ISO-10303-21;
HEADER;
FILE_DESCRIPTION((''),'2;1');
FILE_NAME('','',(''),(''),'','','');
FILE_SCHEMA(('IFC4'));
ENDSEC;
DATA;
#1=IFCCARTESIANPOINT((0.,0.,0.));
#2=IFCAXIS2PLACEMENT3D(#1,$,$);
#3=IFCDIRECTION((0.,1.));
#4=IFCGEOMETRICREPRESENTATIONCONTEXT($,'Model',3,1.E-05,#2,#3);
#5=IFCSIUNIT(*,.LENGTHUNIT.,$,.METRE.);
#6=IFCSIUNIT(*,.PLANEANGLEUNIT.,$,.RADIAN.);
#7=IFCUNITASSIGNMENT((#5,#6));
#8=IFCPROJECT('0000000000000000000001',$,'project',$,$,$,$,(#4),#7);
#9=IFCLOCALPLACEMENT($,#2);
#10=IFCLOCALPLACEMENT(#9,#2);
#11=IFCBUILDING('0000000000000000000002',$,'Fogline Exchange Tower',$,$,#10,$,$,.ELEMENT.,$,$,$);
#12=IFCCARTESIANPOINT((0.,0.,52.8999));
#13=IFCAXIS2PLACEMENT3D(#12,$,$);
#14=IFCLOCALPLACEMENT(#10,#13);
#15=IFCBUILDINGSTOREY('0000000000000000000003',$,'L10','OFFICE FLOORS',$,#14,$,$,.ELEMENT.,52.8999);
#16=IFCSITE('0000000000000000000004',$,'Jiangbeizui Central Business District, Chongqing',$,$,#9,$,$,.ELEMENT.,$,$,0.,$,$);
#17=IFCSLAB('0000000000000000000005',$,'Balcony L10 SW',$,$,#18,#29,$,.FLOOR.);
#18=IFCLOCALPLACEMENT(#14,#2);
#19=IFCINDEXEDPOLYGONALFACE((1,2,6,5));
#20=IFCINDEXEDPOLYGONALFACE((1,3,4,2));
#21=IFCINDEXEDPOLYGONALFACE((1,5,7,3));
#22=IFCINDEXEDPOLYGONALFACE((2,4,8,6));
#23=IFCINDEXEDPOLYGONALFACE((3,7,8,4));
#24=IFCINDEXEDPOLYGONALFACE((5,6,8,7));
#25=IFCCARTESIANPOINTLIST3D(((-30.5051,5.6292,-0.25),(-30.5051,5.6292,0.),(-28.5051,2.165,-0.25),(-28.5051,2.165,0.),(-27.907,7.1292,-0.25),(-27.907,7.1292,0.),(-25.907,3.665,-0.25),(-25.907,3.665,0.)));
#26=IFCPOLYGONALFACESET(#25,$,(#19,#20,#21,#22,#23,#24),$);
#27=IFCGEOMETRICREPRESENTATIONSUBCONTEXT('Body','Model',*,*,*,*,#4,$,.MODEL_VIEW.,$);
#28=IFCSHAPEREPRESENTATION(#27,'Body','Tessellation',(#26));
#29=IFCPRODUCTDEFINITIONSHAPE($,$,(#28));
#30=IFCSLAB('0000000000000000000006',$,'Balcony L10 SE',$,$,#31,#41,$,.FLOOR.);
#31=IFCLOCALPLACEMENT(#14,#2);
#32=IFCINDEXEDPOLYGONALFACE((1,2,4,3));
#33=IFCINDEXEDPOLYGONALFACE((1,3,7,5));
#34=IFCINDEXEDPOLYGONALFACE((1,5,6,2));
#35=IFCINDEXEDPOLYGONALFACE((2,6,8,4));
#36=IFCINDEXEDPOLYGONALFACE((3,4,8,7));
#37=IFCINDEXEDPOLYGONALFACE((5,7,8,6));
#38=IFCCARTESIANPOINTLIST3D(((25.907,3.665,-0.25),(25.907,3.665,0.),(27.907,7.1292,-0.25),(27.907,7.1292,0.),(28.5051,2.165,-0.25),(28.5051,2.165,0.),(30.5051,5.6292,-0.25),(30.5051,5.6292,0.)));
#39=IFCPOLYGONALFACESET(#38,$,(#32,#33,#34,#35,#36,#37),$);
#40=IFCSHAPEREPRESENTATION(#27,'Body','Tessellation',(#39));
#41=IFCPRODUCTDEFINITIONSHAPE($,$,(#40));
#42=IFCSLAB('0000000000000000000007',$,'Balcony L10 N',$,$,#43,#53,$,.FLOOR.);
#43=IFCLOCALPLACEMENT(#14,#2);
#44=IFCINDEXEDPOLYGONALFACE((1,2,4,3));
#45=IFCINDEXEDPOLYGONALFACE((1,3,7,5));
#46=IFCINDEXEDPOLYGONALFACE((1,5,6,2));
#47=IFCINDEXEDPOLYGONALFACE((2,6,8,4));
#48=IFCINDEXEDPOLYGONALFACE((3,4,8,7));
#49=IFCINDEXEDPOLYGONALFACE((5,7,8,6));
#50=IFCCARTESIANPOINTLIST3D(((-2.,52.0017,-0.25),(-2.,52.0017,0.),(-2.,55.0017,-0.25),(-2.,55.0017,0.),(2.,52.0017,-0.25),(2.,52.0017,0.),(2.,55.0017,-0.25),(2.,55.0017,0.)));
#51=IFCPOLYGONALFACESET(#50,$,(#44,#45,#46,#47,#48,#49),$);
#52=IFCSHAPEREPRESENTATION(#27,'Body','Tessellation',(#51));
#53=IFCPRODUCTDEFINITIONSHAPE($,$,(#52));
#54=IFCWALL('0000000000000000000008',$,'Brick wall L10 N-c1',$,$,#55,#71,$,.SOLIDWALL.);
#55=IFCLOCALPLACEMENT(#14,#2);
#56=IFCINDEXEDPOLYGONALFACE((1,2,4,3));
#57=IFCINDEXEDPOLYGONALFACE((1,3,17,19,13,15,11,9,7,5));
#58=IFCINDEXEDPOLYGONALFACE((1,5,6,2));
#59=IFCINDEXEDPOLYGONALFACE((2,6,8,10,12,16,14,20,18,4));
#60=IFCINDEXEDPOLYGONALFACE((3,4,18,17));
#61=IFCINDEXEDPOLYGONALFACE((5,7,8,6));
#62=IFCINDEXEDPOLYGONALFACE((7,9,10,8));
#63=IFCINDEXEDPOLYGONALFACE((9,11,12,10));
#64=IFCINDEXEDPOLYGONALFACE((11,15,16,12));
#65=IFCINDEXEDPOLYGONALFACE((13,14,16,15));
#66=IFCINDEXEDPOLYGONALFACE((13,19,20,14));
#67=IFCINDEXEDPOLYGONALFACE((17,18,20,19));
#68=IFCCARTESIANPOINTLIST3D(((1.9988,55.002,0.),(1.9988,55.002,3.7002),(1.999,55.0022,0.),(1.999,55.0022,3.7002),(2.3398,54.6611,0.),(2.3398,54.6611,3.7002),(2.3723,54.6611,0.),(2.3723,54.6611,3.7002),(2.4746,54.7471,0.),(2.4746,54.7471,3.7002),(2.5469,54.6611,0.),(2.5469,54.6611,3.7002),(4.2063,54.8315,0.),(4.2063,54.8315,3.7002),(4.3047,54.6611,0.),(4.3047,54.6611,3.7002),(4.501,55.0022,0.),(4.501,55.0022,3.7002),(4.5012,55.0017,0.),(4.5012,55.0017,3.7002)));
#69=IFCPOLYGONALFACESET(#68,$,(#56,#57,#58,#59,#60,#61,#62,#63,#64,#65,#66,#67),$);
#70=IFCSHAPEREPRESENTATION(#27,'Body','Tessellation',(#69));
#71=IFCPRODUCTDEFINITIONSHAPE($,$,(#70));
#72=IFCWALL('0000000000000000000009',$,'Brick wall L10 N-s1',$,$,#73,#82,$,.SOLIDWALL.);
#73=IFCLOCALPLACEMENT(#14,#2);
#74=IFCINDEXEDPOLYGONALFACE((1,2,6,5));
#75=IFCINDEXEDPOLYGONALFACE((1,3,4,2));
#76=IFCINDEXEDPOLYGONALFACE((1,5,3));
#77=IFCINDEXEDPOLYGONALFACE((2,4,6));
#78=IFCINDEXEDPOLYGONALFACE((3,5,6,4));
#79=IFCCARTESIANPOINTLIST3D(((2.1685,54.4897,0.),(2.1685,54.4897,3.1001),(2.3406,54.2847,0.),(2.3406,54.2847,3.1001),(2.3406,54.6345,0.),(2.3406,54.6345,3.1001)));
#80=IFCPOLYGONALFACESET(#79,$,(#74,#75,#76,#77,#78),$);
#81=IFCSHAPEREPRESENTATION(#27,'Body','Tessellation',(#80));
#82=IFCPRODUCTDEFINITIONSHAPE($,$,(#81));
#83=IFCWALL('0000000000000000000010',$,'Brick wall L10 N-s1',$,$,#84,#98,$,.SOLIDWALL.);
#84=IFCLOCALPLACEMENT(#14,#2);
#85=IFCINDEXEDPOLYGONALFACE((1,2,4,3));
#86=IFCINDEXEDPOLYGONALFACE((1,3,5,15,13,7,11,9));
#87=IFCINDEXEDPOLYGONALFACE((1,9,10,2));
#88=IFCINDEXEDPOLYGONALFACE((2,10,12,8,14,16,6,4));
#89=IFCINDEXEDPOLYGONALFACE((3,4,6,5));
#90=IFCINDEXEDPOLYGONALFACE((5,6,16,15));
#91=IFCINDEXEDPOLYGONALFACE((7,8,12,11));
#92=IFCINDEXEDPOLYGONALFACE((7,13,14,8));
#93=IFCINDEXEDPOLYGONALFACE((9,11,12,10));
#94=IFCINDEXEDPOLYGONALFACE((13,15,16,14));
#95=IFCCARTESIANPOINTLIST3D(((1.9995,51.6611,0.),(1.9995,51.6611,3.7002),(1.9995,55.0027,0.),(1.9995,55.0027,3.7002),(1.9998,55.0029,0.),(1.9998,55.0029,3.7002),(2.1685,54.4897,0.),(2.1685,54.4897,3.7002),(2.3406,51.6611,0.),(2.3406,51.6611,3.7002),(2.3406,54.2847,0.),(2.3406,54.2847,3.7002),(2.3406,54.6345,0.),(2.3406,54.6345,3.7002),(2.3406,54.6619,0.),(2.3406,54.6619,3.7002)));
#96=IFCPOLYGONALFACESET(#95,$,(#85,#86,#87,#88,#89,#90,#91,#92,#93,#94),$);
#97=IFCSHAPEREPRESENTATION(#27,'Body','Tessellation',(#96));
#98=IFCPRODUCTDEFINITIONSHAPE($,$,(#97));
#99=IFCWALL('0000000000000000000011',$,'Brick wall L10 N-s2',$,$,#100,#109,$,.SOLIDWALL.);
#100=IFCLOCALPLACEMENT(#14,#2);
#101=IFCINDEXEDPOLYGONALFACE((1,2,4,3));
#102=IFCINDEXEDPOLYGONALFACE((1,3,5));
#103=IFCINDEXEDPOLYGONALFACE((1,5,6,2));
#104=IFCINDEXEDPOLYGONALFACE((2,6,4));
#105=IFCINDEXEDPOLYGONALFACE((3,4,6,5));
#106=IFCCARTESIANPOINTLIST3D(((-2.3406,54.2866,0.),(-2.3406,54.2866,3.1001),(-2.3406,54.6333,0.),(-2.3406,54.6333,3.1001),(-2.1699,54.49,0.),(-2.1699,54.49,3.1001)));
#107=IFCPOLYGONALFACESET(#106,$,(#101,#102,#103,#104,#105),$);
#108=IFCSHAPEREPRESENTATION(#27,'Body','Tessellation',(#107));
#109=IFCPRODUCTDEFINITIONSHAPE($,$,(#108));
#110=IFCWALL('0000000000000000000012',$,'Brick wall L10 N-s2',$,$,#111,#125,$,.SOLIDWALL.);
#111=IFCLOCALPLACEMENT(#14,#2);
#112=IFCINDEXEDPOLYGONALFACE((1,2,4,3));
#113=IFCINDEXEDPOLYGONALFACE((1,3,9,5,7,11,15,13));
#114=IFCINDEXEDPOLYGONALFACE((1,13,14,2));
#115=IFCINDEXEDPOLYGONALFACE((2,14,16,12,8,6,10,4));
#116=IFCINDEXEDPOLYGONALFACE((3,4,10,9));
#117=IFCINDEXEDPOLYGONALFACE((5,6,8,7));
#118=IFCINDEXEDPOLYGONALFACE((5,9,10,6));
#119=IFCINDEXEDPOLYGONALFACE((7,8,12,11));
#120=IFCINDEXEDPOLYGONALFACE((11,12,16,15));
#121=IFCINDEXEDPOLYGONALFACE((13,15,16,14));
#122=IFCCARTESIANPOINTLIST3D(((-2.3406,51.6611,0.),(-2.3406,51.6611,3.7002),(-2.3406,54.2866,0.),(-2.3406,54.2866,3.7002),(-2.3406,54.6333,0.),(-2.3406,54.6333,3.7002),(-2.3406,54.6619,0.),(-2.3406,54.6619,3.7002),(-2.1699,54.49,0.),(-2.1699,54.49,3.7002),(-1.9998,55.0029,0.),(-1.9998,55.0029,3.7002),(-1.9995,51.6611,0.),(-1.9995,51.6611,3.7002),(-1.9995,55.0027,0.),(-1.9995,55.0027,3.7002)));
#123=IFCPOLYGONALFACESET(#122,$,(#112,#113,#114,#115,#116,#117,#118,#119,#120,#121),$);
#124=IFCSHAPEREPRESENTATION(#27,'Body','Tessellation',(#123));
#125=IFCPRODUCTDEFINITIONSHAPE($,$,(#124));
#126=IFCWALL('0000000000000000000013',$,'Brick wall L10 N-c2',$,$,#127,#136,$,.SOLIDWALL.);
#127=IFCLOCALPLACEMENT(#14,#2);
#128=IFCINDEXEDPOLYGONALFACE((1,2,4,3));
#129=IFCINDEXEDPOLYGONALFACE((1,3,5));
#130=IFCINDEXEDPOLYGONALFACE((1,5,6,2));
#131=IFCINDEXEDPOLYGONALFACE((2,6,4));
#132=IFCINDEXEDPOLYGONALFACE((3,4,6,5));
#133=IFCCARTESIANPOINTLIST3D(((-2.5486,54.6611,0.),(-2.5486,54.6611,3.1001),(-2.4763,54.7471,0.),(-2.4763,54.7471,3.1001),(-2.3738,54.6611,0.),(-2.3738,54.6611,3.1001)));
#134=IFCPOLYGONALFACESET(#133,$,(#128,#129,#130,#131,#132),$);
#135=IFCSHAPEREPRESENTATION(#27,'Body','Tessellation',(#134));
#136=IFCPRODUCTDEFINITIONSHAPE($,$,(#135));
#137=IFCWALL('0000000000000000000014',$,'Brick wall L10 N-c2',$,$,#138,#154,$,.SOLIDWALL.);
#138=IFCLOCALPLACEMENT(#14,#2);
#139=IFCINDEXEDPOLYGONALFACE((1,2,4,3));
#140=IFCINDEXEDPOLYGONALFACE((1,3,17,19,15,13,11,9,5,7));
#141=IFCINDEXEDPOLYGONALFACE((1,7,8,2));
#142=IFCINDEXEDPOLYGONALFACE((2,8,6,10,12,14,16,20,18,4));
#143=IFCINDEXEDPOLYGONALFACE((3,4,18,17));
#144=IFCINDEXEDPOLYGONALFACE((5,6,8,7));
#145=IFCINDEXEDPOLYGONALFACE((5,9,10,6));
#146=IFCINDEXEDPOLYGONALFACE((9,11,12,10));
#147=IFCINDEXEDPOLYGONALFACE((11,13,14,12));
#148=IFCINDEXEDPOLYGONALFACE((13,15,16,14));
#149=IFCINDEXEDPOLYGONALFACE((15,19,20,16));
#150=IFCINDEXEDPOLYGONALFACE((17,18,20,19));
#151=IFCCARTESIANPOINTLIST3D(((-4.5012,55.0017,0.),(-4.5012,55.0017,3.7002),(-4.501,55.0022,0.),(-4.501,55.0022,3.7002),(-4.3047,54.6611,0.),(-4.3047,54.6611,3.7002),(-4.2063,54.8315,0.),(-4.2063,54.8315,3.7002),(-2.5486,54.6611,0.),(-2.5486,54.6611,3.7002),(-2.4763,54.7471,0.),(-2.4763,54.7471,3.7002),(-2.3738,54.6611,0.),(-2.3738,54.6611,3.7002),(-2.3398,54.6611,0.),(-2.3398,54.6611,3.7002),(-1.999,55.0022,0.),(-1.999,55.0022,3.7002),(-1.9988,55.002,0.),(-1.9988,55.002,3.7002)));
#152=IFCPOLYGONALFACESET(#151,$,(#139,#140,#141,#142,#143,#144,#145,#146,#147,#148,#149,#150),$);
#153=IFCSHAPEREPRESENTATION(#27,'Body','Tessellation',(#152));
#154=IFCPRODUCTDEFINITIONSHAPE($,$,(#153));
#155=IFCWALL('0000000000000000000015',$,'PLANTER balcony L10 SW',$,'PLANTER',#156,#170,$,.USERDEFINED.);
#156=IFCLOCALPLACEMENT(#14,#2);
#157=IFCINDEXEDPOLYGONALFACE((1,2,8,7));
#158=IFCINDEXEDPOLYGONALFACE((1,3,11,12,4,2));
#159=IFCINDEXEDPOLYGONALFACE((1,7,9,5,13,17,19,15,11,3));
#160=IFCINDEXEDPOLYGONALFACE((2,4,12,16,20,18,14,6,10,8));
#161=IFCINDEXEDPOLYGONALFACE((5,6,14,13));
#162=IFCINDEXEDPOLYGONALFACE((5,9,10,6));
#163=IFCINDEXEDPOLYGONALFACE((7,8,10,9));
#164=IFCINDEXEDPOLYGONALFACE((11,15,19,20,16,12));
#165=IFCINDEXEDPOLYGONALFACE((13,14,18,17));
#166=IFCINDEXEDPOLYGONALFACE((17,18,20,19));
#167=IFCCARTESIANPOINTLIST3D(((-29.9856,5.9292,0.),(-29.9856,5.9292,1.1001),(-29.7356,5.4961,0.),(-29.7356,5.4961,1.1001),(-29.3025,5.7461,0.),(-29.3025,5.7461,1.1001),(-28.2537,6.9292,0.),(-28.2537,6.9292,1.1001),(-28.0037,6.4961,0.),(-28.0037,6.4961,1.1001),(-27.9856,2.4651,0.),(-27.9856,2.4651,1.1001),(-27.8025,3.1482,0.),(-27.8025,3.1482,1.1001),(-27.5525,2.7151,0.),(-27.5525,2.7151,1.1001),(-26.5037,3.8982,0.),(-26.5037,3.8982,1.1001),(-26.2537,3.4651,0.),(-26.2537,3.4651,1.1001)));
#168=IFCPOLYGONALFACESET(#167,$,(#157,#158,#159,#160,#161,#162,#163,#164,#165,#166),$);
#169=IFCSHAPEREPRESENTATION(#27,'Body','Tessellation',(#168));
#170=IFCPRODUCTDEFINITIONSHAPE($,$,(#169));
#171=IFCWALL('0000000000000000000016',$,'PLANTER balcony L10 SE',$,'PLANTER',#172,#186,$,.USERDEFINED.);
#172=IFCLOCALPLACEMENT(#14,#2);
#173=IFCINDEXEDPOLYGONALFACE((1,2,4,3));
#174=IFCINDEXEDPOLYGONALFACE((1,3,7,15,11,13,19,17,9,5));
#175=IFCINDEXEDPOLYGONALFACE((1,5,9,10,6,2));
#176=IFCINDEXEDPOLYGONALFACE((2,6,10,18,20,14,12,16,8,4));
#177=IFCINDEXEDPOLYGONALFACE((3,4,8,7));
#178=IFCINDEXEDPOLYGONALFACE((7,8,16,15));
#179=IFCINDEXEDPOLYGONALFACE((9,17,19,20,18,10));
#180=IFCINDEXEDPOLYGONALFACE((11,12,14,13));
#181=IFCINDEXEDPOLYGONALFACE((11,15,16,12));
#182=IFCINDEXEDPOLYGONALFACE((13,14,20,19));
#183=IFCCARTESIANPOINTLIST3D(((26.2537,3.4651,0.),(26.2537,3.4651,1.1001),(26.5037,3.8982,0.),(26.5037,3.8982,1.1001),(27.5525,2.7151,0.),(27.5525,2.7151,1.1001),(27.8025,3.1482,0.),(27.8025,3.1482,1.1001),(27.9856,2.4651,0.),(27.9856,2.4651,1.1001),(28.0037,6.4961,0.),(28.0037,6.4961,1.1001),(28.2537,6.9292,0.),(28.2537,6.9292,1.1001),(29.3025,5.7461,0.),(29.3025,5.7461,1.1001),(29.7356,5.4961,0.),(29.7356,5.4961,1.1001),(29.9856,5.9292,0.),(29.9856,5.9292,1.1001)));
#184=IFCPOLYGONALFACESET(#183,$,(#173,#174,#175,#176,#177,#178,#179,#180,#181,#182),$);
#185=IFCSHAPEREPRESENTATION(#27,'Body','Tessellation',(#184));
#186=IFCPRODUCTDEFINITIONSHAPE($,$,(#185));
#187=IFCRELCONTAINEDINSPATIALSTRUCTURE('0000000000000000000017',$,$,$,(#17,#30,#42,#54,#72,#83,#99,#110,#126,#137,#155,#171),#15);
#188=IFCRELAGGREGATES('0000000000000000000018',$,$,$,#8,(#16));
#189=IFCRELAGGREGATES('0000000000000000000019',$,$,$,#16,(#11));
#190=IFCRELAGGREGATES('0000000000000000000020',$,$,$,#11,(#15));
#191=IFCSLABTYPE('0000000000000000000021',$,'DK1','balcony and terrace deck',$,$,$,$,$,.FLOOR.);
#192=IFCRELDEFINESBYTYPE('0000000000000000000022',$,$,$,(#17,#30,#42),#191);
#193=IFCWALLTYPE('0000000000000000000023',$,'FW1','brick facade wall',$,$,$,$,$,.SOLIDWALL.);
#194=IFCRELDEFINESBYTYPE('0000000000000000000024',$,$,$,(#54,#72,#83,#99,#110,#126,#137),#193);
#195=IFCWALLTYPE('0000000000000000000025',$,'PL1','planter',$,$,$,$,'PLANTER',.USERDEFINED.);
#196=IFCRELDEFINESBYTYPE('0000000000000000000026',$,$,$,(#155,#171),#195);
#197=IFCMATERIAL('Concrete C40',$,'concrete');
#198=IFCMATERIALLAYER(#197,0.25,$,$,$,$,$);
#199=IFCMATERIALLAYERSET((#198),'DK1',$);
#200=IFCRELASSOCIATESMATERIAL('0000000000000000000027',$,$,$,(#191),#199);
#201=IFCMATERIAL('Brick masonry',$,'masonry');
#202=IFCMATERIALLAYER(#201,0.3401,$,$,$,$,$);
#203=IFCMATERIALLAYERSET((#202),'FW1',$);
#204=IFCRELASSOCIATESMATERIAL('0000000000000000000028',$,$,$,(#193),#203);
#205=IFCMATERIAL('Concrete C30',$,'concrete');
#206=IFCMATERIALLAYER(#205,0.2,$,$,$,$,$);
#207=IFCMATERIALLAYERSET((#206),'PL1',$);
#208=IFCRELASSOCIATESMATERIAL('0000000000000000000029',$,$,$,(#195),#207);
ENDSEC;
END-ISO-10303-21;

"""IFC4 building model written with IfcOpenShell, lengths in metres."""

from ifc_helpers import new_model, si_unit, direction, frame, origin, place, context, subcontext, project, spatial, polyline, outline, extrude, material, layer, layer_set, type_object, element, save


model = new_model("IFC4")

# Units and contexts
model_context = context("Model", 3, precision=1e-05, world=origin(), true_north=direction((0.0, 1.0)))
body_context = subcontext(model_context, "Body", "Model", "MODEL_VIEW")
ifc_project = project(units=[si_unit("LENGTHUNIT", "METRE"), si_unit("PLANEANGLEUNIT", "RADIAN")], contexts=[model_context])

# Site, building, storey
site_placement = place(None, origin())
site = spatial("IfcSite", under=ifc_project, at=site_placement, Name="Jiangbeizui Central Business District, Chongqing", CompositionType="ELEMENT", RefElevation=0.0)
building_placement = place(site_placement, origin())
building = spatial("IfcBuilding", under=site, at=building_placement, Name="Fogline Exchange Tower", CompositionType="ELEMENT")
storey_placement = place(building_placement, frame((0.0, 0.0, 52.8999)))
storey = spatial("IfcBuildingStorey", under=building, at=storey_placement, Name="L10", Description="OFFICE FLOORS", CompositionType="ELEMENT", Elevation=52.8999)

# Slabs
ifc_material_1 = material(Name="Concrete C40", Category="concrete")
ifc_layer_1 = layer(ifc_material_1, 0.25)
ifc_layer_set_1 = layer_set([ifc_layer_1], Name="DK1")
slab_type = type_object("IfcSlabType", Name="DK1", Description="balcony and terrace deck", PredefinedType="FLOOR", material=ifc_layer_set_1)
slab_1_placement = place(storey_placement, frame((0.0, 0.0, -0.25)))
element("IfcSlab", 1, at=slab_1_placement, inside=storey, type_object=slab_type, Name="Balcony L10 SW", PredefinedType="FLOOR", context=body_context, shape_type="SweptSolid", body=[
    extrude(outline(polyline([(-30.5051, 5.6292), (-28.5051, 2.165), (-25.907, 3.665), (-27.907, 7.1292), (-30.5051, 5.6292)])), origin(), (0.0, 0.0, 1.0), 0.25),
])
slab_2_placement = place(storey_placement, frame((0.0, 0.0, -0.25)))
element("IfcSlab", 2, at=slab_2_placement, inside=storey, type_object=slab_type, Name="Balcony L10 SE", PredefinedType="FLOOR", context=body_context, shape_type="SweptSolid", body=[
    extrude(outline(polyline([(28.5051, 2.165), (30.5051, 5.6292), (27.907, 7.1292), (25.907, 3.665), (28.5051, 2.165)])), origin(), (0.0, 0.0, 1.0), 0.25),
])
slab_3_placement = place(storey_placement, frame((0.0, 0.0, -0.25)))
element("IfcSlab", 3, at=slab_3_placement, inside=storey, type_object=slab_type, Name="Balcony L10 N", PredefinedType="FLOOR", context=body_context, shape_type="SweptSolid", body=[
    extrude(outline(polyline([(2.0, 55.0017), (-2.0, 55.0017), (-2.0, 52.0017), (2.0, 52.0017), (2.0, 55.0017)])), origin(), (0.0, 0.0, 1.0), 0.25),
])

# Walls
ifc_material_2 = material(Name="Brick masonry", Category="masonry")
ifc_layer_2 = layer(ifc_material_2, 0.3401)
ifc_layer_set_2 = layer_set([ifc_layer_2], Name="FW1")
wall_type_1 = type_object("IfcWallType", Name="FW1", Description="brick facade wall", PredefinedType="SOLIDWALL", material=ifc_layer_set_2)
wall_1_placement = place(storey_placement, origin())
element("IfcWall", 4, at=wall_1_placement, inside=storey, type_object=wall_type_1, Name="Brick wall L10 N-c1", PredefinedType="SOLIDWALL", context=body_context, shape_type="SweptSolid", body=[
    extrude(outline(polyline([(4.501, 55.0022), (4.5012, 55.0017), (4.2063, 54.8315), (4.3047, 54.6611), (2.5469, 54.6611), (2.4746, 54.7471), (2.3723, 54.6611), (2.3398, 54.6611), (1.9988, 55.002), (1.999, 55.0022), (4.501, 55.0022)])), origin(), (0.0, 0.0, 1.0), 3.7002),
])
wall_2_placement = place(storey_placement, origin())
element("IfcWall", 5, at=wall_2_placement, inside=storey, type_object=wall_type_1, Name="Brick wall L10 N-s1", PredefinedType="SOLIDWALL", context=body_context, shape_type="SweptSolid", body=[
    extrude(outline(polyline([(2.3406, 54.2847), (2.1685, 54.4897), (2.3406, 54.6345), (2.3406, 54.2847)])), origin(), (0.0, 0.0, 1.0), 3.1001),
])
wall_3_placement = place(storey_placement, origin())
element("IfcWall", 6, at=wall_3_placement, inside=storey, type_object=wall_type_1, Name="Brick wall L10 N-s1", PredefinedType="SOLIDWALL", context=body_context, shape_type="SweptSolid", body=[
    extrude(outline(polyline([(1.9995, 51.6611), (1.9995, 55.0027), (1.9998, 55.0029), (2.3406, 54.6619), (2.3406, 54.6345), (2.1685, 54.4897), (2.3406, 54.2847), (2.3406, 51.6611), (1.9995, 51.6611)])), origin(), (0.0, 0.0, 1.0), 3.7002),
])
wall_4_placement = place(storey_placement, origin())
element("IfcWall", 7, at=wall_4_placement, inside=storey, type_object=wall_type_1, Name="Brick wall L10 N-s2", PredefinedType="SOLIDWALL", context=body_context, shape_type="SweptSolid", body=[
    extrude(outline(polyline([(-2.3406, 54.6333), (-2.1699, 54.49), (-2.3406, 54.2866), (-2.3406, 54.6333)])), origin(), (0.0, 0.0, 1.0), 3.1001),
])
wall_5_placement = place(storey_placement, origin())
element("IfcWall", 8, at=wall_5_placement, inside=storey, type_object=wall_type_1, Name="Brick wall L10 N-s2", PredefinedType="SOLIDWALL", context=body_context, shape_type="SweptSolid", body=[
    extrude(outline(polyline([(-1.9995, 51.6611), (-2.3406, 51.6611), (-2.3406, 54.2866), (-2.1699, 54.49), (-2.3406, 54.6333), (-2.3406, 54.6619), (-1.9998, 55.0029), (-1.9995, 55.0027), (-1.9995, 51.6611)])), origin(), (0.0, 0.0, 1.0), 3.7002),
])
wall_6_placement = place(storey_placement, origin())
element("IfcWall", 9, at=wall_6_placement, inside=storey, type_object=wall_type_1, Name="Brick wall L10 N-c2", PredefinedType="SOLIDWALL", context=body_context, shape_type="SweptSolid", body=[
    extrude(outline(polyline([(-2.5486, 54.6611), (-2.4763, 54.7471), (-2.3738, 54.6611), (-2.5486, 54.6611)])), origin(), (0.0, 0.0, 1.0), 3.1001),
])
wall_7_placement = place(storey_placement, origin())
element("IfcWall", 10, at=wall_7_placement, inside=storey, type_object=wall_type_1, Name="Brick wall L10 N-c2", PredefinedType="SOLIDWALL", context=body_context, shape_type="SweptSolid", body=[
    extrude(outline(polyline([(-4.2063, 54.8315), (-4.5012, 55.0017), (-4.501, 55.0022), (-1.999, 55.0022), (-1.9988, 55.002), (-2.3398, 54.6611), (-2.3738, 54.6611), (-2.4763, 54.7471), (-2.5486, 54.6611), (-4.3047, 54.6611), (-4.2063, 54.8315)])), origin(), (0.0, 0.0, 1.0), 3.7002),
])
ifc_material_3 = material(Name="Concrete C30", Category="concrete")
ifc_layer_3 = layer(ifc_material_3, 0.2)
ifc_layer_set_3 = layer_set([ifc_layer_3], Name="PL1")
wall_type_2 = type_object("IfcWallType", Name="PL1", Description="planter", ElementType="PLANTER", PredefinedType="USERDEFINED", material=ifc_layer_set_3)
wall_8_placement = place(storey_placement, origin())
element("IfcWall", 11, at=wall_8_placement, inside=storey, type_object=wall_type_2, Name="PLANTER balcony L10 SW", ObjectType="PLANTER", PredefinedType="USERDEFINED", context=body_context, shape_type="SweptSolid", body=[
    extrude(outline(polyline([(-26.5037, 3.8982), (-27.8025, 3.1482), (-29.3025, 5.7461), (-28.0037, 6.4961), (-28.2537, 6.9292), (-29.9856, 5.9292), (-29.7356, 5.4961), (-27.9856, 2.4651), (-27.5525, 2.7151), (-27.5525, 2.7151), (-26.2537, 3.4651), (-26.5037, 3.8982)])), origin(), (0.0, 0.0, 1.0), 1.1001),
])
wall_9_placement = place(storey_placement, origin())
element("IfcWall", 12, at=wall_9_placement, inside=storey, type_object=wall_type_2, Name="PLANTER balcony L10 SE", ObjectType="PLANTER", PredefinedType="USERDEFINED", context=body_context, shape_type="SweptSolid", body=[
    extrude(outline(polyline([(26.2537, 3.4651), (27.5525, 2.7151), (27.5525, 2.7151), (27.9856, 2.4651), (29.7356, 5.4961), (29.9856, 5.9292), (28.2537, 6.9292), (28.0037, 6.4961), (29.3025, 5.7461), (27.8025, 3.1482), (26.5037, 3.8982), (26.2537, 3.4651)])), origin(), (0.0, 0.0, 1.0), 1.1001),
])

save(model, "model.ifc")
